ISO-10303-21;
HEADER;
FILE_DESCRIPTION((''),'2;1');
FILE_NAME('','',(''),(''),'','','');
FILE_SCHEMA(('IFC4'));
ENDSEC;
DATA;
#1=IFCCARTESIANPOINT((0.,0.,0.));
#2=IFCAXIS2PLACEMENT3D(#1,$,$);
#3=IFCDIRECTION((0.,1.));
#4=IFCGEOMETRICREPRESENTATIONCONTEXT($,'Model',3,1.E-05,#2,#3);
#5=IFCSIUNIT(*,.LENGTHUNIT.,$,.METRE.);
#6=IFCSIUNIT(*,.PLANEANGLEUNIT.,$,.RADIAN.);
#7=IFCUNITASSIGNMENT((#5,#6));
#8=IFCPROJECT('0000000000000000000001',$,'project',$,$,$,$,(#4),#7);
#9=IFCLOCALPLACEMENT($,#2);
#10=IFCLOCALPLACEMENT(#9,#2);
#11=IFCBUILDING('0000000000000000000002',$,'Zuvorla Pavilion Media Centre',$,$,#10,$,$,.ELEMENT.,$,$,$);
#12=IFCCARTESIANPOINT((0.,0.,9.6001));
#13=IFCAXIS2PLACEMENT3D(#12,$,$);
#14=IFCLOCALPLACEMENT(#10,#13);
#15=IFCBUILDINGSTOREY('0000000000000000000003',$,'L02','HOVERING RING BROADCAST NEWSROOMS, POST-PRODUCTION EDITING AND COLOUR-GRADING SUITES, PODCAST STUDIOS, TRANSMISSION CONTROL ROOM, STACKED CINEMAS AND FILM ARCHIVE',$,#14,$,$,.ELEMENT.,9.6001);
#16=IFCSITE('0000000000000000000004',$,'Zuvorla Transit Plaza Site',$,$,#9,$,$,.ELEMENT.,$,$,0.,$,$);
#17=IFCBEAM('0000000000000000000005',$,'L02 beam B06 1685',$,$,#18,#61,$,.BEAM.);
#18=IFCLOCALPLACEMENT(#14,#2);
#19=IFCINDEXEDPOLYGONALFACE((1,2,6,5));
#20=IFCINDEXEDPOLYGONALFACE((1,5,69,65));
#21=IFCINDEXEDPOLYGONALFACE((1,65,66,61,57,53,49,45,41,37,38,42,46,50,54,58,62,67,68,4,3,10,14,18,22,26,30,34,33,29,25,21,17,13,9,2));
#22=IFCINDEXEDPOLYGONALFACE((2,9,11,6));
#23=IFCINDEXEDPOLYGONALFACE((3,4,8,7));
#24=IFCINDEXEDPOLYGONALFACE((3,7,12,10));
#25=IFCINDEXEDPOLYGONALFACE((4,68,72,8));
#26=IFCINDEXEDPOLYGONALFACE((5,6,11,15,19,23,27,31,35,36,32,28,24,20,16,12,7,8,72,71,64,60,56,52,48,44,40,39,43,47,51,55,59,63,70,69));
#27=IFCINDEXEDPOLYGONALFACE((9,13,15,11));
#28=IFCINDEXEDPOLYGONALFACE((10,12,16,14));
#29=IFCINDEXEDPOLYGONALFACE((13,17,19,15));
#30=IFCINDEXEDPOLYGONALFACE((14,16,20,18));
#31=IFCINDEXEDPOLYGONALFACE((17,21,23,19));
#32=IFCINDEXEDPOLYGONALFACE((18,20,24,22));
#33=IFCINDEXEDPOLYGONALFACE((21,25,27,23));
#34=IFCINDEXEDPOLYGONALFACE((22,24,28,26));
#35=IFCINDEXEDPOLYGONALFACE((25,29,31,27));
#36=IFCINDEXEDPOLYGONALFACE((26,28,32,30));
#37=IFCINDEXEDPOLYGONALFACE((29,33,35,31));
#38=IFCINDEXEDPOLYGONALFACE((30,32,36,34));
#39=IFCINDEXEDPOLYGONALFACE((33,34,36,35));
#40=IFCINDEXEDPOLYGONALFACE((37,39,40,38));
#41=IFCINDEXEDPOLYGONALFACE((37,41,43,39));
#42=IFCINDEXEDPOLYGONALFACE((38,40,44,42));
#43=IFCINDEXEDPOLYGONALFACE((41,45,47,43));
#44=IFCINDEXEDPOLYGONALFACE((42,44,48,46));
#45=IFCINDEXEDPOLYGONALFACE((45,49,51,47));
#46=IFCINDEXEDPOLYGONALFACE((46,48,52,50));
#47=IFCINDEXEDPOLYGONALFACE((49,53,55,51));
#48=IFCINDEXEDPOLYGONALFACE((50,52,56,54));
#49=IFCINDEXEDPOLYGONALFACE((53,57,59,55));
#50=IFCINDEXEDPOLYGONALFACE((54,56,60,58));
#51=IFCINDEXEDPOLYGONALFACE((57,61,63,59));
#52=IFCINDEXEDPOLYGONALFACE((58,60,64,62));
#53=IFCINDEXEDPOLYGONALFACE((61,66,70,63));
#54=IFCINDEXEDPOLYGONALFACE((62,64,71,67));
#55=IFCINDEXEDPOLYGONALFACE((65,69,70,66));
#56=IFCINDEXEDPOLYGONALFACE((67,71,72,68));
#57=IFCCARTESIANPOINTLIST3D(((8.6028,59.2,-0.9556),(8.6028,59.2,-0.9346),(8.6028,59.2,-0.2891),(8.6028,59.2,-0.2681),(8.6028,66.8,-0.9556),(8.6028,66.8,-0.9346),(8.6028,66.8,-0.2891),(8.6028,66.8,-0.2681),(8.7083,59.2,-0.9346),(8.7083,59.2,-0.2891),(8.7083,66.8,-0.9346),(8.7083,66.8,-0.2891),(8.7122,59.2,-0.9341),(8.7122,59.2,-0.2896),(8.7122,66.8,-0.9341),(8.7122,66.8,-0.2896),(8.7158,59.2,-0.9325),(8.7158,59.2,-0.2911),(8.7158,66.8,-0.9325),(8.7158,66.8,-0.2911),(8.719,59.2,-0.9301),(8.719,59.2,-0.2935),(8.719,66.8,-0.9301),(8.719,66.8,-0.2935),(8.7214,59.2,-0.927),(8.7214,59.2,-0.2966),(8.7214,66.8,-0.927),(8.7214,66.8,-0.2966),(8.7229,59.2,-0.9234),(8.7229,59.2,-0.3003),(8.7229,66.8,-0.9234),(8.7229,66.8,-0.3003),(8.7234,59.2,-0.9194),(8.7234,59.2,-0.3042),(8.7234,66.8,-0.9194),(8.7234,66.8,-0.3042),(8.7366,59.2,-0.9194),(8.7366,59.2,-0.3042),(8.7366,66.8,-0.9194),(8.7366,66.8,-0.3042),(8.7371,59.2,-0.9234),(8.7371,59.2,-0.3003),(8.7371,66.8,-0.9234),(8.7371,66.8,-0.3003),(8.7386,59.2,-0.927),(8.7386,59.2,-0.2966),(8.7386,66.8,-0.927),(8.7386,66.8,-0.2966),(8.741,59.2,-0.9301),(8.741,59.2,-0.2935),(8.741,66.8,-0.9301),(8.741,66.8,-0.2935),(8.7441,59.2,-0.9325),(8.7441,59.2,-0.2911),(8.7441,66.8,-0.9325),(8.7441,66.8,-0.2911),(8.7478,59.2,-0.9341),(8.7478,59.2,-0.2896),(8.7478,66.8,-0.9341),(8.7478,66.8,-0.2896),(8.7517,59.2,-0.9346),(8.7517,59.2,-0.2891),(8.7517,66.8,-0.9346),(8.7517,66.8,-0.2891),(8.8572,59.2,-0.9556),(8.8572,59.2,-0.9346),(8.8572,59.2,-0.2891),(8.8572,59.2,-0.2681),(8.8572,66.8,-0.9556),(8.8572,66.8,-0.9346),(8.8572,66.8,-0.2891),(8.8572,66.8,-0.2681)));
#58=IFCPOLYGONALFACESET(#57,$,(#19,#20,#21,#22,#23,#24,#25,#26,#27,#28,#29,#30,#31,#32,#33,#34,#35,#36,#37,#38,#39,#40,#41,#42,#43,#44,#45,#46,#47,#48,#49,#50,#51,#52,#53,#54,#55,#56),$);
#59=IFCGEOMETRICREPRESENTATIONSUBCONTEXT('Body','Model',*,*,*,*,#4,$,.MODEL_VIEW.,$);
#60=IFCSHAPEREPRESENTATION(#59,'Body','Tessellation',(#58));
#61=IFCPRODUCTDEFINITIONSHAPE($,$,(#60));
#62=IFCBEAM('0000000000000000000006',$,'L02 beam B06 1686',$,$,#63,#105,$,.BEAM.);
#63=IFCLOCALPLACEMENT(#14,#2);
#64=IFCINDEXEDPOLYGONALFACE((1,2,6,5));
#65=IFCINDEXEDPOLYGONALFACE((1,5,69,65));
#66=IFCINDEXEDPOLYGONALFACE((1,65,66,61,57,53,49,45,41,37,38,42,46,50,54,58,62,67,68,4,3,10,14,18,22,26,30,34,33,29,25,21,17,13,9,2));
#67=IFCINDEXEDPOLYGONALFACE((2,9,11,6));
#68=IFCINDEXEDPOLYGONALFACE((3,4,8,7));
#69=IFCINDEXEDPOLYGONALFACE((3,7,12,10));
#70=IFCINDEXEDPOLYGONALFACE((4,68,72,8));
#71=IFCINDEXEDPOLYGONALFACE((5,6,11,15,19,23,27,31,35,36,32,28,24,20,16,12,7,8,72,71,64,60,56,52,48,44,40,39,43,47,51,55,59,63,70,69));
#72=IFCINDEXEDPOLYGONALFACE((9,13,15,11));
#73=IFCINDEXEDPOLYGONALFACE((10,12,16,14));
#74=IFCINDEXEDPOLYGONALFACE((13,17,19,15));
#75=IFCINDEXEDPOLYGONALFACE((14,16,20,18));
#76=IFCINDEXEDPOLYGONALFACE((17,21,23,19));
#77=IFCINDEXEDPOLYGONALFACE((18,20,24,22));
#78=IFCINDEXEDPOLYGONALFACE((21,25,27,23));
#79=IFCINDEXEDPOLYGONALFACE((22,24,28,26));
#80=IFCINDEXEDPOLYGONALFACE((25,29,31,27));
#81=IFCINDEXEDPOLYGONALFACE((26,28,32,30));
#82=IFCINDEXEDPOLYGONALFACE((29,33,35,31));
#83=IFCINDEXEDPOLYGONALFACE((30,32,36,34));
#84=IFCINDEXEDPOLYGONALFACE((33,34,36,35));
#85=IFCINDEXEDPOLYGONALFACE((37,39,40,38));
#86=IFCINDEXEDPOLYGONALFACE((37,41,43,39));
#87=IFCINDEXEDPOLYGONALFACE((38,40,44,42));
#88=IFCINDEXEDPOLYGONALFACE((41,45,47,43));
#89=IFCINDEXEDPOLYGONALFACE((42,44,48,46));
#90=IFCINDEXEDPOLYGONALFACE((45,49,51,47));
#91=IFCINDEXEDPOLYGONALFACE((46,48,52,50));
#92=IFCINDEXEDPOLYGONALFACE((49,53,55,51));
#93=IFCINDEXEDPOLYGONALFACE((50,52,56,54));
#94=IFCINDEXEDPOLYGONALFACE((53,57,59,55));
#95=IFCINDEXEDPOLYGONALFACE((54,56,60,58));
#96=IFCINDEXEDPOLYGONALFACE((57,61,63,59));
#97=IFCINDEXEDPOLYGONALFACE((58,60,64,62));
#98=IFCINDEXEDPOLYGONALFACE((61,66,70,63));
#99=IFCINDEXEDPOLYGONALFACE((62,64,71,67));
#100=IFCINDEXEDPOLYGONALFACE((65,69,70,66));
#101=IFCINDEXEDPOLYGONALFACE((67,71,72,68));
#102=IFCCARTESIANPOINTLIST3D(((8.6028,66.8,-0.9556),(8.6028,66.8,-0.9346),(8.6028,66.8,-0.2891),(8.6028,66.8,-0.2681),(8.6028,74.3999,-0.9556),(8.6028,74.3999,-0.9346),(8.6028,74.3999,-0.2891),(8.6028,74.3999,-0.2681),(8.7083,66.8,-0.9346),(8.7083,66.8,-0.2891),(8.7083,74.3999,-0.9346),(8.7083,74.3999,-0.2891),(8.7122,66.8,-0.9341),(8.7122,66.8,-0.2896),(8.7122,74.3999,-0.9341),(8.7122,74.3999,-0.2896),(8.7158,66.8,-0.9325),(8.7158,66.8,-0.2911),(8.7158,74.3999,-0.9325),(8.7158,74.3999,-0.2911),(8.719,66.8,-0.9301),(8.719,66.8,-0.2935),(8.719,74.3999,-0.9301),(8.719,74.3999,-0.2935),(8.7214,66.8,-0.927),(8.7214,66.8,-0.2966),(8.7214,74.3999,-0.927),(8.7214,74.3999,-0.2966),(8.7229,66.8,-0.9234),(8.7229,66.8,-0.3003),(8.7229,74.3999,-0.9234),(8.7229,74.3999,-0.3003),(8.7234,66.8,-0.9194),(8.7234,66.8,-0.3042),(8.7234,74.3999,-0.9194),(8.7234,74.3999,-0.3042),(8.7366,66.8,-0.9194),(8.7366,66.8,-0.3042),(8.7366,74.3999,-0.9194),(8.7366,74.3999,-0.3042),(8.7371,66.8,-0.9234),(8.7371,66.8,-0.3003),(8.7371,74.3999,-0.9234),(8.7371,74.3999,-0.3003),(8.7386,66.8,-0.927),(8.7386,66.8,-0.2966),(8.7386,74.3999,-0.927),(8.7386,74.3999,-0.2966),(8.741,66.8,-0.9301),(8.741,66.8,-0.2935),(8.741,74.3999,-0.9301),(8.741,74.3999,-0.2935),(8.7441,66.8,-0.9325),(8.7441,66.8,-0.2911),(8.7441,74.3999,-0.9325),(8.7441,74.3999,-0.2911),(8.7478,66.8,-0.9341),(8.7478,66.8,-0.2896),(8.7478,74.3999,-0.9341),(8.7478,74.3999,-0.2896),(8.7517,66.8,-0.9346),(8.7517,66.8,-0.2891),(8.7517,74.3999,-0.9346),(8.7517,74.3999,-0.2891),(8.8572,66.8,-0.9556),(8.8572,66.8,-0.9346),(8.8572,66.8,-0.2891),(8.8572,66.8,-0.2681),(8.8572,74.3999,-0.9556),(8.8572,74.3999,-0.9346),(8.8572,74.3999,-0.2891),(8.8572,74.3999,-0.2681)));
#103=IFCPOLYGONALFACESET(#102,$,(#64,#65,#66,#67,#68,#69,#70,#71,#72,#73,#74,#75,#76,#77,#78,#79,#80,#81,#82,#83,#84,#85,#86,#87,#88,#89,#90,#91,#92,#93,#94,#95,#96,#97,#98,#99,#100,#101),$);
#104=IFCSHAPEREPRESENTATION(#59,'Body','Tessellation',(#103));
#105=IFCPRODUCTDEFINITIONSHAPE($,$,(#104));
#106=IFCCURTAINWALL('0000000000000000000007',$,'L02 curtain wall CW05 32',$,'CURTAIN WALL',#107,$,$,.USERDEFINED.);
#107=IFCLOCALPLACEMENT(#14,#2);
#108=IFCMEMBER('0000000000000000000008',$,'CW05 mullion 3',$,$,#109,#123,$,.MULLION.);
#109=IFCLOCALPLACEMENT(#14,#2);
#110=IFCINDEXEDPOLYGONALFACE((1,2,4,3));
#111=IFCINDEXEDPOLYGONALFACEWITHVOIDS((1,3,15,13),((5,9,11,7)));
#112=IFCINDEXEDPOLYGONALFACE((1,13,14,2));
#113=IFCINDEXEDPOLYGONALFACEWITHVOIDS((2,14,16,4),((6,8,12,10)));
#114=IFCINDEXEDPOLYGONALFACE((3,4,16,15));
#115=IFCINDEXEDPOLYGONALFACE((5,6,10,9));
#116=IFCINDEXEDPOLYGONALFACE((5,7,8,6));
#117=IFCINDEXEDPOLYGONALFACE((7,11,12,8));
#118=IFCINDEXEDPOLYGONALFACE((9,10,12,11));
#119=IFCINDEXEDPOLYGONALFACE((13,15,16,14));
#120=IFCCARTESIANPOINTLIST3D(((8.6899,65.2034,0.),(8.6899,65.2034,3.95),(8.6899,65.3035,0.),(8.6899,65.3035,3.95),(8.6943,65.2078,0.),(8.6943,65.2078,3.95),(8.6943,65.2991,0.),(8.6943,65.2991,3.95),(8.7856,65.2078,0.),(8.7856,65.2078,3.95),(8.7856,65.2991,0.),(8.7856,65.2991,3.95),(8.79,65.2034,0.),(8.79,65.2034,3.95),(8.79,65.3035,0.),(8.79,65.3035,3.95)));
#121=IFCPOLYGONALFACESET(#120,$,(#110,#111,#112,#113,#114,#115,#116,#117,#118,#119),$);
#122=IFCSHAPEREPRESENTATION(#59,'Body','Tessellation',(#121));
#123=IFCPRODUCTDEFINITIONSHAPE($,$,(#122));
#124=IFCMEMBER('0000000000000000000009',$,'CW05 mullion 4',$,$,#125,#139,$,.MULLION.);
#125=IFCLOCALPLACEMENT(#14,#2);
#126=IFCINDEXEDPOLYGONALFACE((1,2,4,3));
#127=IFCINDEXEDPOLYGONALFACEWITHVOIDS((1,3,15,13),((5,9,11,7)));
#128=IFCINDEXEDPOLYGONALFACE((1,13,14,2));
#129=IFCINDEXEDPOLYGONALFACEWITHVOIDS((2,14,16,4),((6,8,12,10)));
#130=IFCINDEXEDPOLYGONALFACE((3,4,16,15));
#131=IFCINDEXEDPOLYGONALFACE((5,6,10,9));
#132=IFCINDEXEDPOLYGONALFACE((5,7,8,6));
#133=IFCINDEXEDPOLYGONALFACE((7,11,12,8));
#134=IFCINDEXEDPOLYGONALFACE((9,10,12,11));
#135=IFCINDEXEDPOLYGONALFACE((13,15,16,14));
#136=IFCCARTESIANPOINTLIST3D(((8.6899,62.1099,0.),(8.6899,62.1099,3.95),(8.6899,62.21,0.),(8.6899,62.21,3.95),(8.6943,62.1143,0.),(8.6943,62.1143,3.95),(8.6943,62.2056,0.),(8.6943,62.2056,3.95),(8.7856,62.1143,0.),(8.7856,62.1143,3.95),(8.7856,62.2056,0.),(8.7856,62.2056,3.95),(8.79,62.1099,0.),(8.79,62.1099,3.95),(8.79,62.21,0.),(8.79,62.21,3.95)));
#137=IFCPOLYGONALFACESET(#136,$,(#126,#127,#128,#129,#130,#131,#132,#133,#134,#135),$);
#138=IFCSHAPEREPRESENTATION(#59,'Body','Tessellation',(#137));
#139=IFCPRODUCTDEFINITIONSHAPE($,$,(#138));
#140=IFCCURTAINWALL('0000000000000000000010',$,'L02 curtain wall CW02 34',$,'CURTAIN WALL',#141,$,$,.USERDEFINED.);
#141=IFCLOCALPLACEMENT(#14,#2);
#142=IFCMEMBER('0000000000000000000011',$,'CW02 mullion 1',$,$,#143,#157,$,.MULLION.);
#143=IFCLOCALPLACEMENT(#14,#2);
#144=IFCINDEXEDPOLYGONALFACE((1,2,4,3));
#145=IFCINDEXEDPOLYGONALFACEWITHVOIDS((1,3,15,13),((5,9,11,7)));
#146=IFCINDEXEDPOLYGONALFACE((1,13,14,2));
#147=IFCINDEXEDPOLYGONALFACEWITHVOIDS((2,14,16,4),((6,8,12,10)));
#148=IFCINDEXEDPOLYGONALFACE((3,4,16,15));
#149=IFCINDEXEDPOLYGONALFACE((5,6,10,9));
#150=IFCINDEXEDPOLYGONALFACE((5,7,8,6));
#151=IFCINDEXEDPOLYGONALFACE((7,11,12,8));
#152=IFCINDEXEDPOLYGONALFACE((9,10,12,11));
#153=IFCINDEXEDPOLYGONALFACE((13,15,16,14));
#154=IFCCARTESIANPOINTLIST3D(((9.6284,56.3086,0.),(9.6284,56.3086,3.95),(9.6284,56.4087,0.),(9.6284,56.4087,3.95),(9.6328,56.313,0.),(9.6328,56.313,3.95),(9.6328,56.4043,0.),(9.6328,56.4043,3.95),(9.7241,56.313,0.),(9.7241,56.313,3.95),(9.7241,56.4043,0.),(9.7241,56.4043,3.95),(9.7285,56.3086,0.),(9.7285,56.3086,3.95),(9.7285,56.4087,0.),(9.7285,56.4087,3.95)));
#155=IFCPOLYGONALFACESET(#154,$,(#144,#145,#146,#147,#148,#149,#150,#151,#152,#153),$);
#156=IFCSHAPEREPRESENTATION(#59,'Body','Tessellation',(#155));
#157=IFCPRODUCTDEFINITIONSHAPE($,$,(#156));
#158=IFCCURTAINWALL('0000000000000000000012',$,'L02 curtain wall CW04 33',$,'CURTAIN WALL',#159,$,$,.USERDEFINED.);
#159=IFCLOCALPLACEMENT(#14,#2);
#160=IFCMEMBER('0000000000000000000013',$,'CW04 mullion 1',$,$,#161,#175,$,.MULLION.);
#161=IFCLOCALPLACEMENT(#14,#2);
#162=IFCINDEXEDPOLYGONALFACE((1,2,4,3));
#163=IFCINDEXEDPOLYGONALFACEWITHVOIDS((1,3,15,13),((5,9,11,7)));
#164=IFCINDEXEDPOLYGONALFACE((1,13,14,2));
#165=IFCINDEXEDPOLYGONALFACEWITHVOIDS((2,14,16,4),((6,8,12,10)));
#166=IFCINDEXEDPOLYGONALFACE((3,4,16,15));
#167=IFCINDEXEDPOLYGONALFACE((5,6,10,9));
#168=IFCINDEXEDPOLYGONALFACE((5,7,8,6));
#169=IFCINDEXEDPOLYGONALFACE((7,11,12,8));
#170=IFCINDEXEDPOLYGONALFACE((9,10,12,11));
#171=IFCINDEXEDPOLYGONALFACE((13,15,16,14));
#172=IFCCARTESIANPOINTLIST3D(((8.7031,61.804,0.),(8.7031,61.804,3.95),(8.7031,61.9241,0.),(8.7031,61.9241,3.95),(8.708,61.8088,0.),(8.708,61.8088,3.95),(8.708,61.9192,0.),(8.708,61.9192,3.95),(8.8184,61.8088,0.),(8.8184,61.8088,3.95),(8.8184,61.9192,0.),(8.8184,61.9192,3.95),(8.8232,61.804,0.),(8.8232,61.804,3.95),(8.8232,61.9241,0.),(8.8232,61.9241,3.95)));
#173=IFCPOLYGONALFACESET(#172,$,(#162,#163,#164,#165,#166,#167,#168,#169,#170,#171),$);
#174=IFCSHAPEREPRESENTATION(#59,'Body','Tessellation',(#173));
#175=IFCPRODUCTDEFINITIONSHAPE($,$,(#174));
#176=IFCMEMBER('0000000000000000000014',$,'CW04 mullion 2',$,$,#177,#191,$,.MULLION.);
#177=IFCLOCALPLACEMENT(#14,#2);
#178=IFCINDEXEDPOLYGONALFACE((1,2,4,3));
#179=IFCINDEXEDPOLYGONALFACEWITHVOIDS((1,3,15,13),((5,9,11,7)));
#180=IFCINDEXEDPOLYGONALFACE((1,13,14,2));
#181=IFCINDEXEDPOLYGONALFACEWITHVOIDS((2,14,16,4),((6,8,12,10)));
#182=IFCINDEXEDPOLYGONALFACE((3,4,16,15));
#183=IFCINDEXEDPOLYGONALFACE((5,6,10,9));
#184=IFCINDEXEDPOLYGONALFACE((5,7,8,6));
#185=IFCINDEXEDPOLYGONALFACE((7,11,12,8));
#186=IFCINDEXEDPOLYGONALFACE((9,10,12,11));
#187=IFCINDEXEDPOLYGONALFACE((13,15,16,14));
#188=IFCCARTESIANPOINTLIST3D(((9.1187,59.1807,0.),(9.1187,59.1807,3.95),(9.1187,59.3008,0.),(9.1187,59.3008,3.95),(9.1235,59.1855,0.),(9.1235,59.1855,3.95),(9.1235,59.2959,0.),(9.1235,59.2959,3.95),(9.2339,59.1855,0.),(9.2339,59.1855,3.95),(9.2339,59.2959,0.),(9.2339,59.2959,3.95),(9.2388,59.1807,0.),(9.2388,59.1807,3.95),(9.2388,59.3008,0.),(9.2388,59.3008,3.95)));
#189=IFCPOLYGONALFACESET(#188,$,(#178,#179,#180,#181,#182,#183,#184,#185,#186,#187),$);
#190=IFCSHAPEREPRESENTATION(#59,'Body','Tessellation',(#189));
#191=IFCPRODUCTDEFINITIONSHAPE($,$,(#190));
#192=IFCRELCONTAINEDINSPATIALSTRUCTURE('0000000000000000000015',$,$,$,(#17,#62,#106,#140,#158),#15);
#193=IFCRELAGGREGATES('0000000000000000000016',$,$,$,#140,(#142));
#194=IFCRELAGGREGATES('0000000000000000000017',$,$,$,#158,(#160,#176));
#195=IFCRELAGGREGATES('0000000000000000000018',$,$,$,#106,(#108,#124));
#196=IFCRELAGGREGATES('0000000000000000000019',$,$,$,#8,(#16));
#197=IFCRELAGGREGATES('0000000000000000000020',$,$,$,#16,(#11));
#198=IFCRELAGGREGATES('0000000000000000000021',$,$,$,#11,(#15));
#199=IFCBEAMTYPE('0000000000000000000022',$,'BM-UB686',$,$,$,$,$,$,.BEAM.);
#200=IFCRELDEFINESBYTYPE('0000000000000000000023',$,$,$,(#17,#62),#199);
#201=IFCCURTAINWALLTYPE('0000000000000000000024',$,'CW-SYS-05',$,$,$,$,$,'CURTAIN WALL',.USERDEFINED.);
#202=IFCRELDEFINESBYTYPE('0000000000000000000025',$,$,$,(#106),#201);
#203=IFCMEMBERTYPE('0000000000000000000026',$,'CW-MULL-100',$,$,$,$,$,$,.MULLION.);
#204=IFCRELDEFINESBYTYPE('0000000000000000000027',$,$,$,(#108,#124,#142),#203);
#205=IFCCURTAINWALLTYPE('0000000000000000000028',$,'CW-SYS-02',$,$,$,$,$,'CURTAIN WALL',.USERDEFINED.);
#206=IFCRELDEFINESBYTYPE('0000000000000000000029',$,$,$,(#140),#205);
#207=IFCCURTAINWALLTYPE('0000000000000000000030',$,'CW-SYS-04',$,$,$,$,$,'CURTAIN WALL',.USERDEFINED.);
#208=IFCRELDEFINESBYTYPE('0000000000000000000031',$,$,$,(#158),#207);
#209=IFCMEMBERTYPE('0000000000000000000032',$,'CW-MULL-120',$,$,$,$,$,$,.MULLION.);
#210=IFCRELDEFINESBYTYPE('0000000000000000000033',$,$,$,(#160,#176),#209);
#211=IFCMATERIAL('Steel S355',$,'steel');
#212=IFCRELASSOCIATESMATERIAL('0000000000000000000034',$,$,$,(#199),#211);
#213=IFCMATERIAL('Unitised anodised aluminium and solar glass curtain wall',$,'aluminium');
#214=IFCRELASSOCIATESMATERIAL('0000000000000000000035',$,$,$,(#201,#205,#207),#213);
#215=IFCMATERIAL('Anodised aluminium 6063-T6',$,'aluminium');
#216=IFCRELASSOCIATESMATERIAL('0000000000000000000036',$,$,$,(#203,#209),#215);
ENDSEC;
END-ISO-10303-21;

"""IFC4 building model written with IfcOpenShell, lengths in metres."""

from ifc_helpers import new_model, si_unit, direction, frame, origin, origin_2d, place, context, subcontext, project, spatial, hollow_rectangle, i_section, extrude, material, material_profile, profile_set, type_object, element, aggregate, save


model = new_model("IFC4")

# Units and contexts
model_context = context("Model", 3, precision=1e-05, world=origin(), true_north=direction((0.0, 1.0)))
body_context = subcontext(model_context, "Body", "Model", "MODEL_VIEW")
ifc_project = project(units=[si_unit("LENGTHUNIT", "METRE"), si_unit("PLANEANGLEUNIT", "RADIAN")], contexts=[model_context])

# Site, building, storey
site_placement = place(None, origin())
site = spatial("IfcSite", under=ifc_project, at=site_placement, Name="Zuvorla Transit Plaza Site", CompositionType="ELEMENT", RefElevation=0.0)
building_placement = place(site_placement, origin())
building = spatial("IfcBuilding", under=site, at=building_placement, Name="Zuvorla Pavilion Media Centre", CompositionType="ELEMENT")
storey_placement = place(building_placement, frame((0.0, 0.0, 9.6001)))
storey = spatial("IfcBuildingStorey", under=building, at=storey_placement, Name="L02", Description="HOVERING RING BROADCAST NEWSROOMS, POST-PRODUCTION EDITING AND COLOUR-GRADING SUITES, PODCAST STUDIOS, TRANSMISSION CONTROL ROOM, STACKED CINEMAS AND FILM ARCHIVE", CompositionType="ELEMENT", Elevation=9.6001)

# Beams
ifc_material_1 = material(Name="Steel S355", Category="steel")
ifc_material_profile_1 = material_profile(ifc_material_1, i_section(OverallWidth=0.2544, OverallDepth=0.6875, WebThickness=0.0132, FlangeThickness=0.021, FilletRadius=0.0151, at=origin_2d()), Name="UB 686x254x152")
ifc_profile_set_1 = profile_set([ifc_material_profile_1], Name="Steel S355")
beam_type = type_object("IfcBeamType", Name="BM-UB686", PredefinedType="BEAM", material=ifc_profile_set_1)
beam_1_placement = place(storey_placement, frame((8.73, 59.2, -0.6118), z_axis=(0.0, 1.0, 0.0), x_axis=(-1.0, 0.0, 0.0)))
element("IfcBeam", 1, at=beam_1_placement, inside=storey, type_object=beam_type, Name="L02 beam B06 1685", PredefinedType="BEAM", context=body_context, shape_type="SweptSolid", body=[
    extrude(i_section(OverallWidth=0.2544, OverallDepth=0.6875, WebThickness=0.0132, FlangeThickness=0.021, FilletRadius=0.0151, at=origin_2d()), origin(), (0.0, 0.0, 1.0), 7.6001),
])
beam_2_placement = place(storey_placement, frame((8.73, 66.8, -0.6118), z_axis=(0.0, 1.0, 0.0), x_axis=(-1.0, 0.0, 0.0)))
element("IfcBeam", 2, at=beam_2_placement, inside=storey, type_object=beam_type, Name="L02 beam B06 1686", PredefinedType="BEAM", context=body_context, shape_type="SweptSolid", body=[
    extrude(i_section(OverallWidth=0.2544, OverallDepth=0.6875, WebThickness=0.0132, FlangeThickness=0.021, FilletRadius=0.0151, at=origin_2d()), origin(), (0.0, 0.0, 1.0), 7.5999),
])

# Curtain wall, members
ifc_material_2 = material(Name="Unitised anodised aluminium and solar glass curtain wall", Category="aluminium")
curtain_wall_type_1 = type_object("IfcCurtainWallType", Name="CW-SYS-05", ElementType="CURTAIN WALL", PredefinedType="USERDEFINED", material=ifc_material_2)
curtain_wall_1_placement = place(storey_placement, origin())
curtain_wall_1 = element("IfcCurtainWall", 3, at=curtain_wall_1_placement, inside=storey, type_object=curtain_wall_type_1, Name="L02 curtain wall CW05 32", ObjectType="CURTAIN WALL", PredefinedType="USERDEFINED")
ifc_material_3 = material(Name="Anodised aluminium 6063-T6", Category="aluminium")
ifc_material_profile_2 = material_profile(ifc_material_3, hollow_rectangle(XDim=0.1001, YDim=0.1001, WallThickness=0.0044, at=origin_2d()), Name="ALU MULL 100x100")
ifc_profile_set_2 = profile_set([ifc_material_profile_2], Name="Anodised aluminium 6063-T6")
member_type_1 = type_object("IfcMemberType", Name="CW-MULL-100", PredefinedType="MULLION", material=ifc_profile_set_2)
member_1_placement = place(storey_placement, frame((8.74, 65.2534, 0.0), z_axis=(0.0, 0.0, 1.0), x_axis=(1.0, 0.0, 0.0)))
member_1 = element("IfcMember", 4, at=member_1_placement, type_object=member_type_1, Name="CW05 mullion 3", PredefinedType="MULLION", context=body_context, shape_type="SweptSolid", body=[
    extrude(hollow_rectangle(XDim=0.1001, YDim=0.1001, WallThickness=0.0044, at=origin_2d()), origin(), (0.0, 0.0, 1.0), 3.95),
])
member_2_placement = place(storey_placement, frame((8.74, 62.1599, 0.0), z_axis=(0.0, 0.0, 1.0), x_axis=(1.0, 0.0, 0.0)))
member_2 = element("IfcMember", 5, at=member_2_placement, type_object=member_type_1, Name="CW05 mullion 4", PredefinedType="MULLION", context=body_context, shape_type="SweptSolid", body=[
    extrude(hollow_rectangle(XDim=0.1001, YDim=0.1001, WallThickness=0.0044, at=origin_2d()), origin(), (0.0, 0.0, 1.0), 3.95),
])

# Curtain wall, member
curtain_wall_type_2 = type_object("IfcCurtainWallType", Name="CW-SYS-02", ElementType="CURTAIN WALL", PredefinedType="USERDEFINED", material=ifc_material_2)
curtain_wall_2_placement = place(storey_placement, origin())
curtain_wall_2 = element("IfcCurtainWall", 6, at=curtain_wall_2_placement, inside=storey, type_object=curtain_wall_type_2, Name="L02 curtain wall CW02 34", ObjectType="CURTAIN WALL", PredefinedType="USERDEFINED")
member_3_placement = place(storey_placement, frame((9.6785, 56.3586, 0.0), z_axis=(0.0, 0.0, 1.0), x_axis=(1.0, 0.0, 0.0)))
member_3 = element("IfcMember", 7, at=member_3_placement, type_object=member_type_1, Name="CW02 mullion 1", PredefinedType="MULLION", context=body_context, shape_type="SweptSolid", body=[
    extrude(hollow_rectangle(XDim=0.1001, YDim=0.1001, WallThickness=0.0044, at=origin_2d()), origin(), (0.0, 0.0, 1.0), 3.95),
])

# Curtain wall, members
curtain_wall_type_3 = type_object("IfcCurtainWallType", Name="CW-SYS-04", ElementType="CURTAIN WALL", PredefinedType="USERDEFINED", material=ifc_material_2)
curtain_wall_3_placement = place(storey_placement, origin())
curtain_wall_3 = element("IfcCurtainWall", 8, at=curtain_wall_3_placement, inside=storey, type_object=curtain_wall_type_3, Name="L02 curtain wall CW04 33", ObjectType="CURTAIN WALL", PredefinedType="USERDEFINED")
ifc_material_profile_3 = material_profile(ifc_material_3, hollow_rectangle(XDim=0.1201, YDim=0.1201, WallThickness=0.0049, at=origin_2d()), Name="ALU MULL 120x120")
ifc_profile_set_3 = profile_set([ifc_material_profile_3], Name="Anodised aluminium 6063-T6")
member_type_2 = type_object("IfcMemberType", Name="CW-MULL-120", PredefinedType="MULLION", material=ifc_profile_set_3)
member_4_placement = place(storey_placement, frame((8.7632, 61.864, 0.0), z_axis=(0.0, 0.0, 1.0), x_axis=(1.0, 0.0, 0.0)))
member_4 = element("IfcMember", 9, at=member_4_placement, type_object=member_type_2, Name="CW04 mullion 1", PredefinedType="MULLION", context=body_context, shape_type="SweptSolid", body=[
    extrude(hollow_rectangle(XDim=0.1201, YDim=0.1201, WallThickness=0.0049, at=origin_2d()), origin(), (0.0, 0.0, 1.0), 3.95),
])
member_5_placement = place(storey_placement, frame((9.1787, 59.2407, 0.0), z_axis=(0.0, 0.0, 1.0), x_axis=(1.0, 0.0, 0.0)))
member_5 = element("IfcMember", 10, at=member_5_placement, type_object=member_type_2, Name="CW04 mullion 2", PredefinedType="MULLION", context=body_context, shape_type="SweptSolid", body=[
    extrude(hollow_rectangle(XDim=0.1201, YDim=0.1201, WallThickness=0.0049, at=origin_2d()), origin(), (0.0, 0.0, 1.0), 3.95),
])

aggregate(curtain_wall_2, [member_3])

aggregate(curtain_wall_3, [member_4, member_5])
aggregate(curtain_wall_1, [member_1, member_2])

save(model, "model.ifc")
